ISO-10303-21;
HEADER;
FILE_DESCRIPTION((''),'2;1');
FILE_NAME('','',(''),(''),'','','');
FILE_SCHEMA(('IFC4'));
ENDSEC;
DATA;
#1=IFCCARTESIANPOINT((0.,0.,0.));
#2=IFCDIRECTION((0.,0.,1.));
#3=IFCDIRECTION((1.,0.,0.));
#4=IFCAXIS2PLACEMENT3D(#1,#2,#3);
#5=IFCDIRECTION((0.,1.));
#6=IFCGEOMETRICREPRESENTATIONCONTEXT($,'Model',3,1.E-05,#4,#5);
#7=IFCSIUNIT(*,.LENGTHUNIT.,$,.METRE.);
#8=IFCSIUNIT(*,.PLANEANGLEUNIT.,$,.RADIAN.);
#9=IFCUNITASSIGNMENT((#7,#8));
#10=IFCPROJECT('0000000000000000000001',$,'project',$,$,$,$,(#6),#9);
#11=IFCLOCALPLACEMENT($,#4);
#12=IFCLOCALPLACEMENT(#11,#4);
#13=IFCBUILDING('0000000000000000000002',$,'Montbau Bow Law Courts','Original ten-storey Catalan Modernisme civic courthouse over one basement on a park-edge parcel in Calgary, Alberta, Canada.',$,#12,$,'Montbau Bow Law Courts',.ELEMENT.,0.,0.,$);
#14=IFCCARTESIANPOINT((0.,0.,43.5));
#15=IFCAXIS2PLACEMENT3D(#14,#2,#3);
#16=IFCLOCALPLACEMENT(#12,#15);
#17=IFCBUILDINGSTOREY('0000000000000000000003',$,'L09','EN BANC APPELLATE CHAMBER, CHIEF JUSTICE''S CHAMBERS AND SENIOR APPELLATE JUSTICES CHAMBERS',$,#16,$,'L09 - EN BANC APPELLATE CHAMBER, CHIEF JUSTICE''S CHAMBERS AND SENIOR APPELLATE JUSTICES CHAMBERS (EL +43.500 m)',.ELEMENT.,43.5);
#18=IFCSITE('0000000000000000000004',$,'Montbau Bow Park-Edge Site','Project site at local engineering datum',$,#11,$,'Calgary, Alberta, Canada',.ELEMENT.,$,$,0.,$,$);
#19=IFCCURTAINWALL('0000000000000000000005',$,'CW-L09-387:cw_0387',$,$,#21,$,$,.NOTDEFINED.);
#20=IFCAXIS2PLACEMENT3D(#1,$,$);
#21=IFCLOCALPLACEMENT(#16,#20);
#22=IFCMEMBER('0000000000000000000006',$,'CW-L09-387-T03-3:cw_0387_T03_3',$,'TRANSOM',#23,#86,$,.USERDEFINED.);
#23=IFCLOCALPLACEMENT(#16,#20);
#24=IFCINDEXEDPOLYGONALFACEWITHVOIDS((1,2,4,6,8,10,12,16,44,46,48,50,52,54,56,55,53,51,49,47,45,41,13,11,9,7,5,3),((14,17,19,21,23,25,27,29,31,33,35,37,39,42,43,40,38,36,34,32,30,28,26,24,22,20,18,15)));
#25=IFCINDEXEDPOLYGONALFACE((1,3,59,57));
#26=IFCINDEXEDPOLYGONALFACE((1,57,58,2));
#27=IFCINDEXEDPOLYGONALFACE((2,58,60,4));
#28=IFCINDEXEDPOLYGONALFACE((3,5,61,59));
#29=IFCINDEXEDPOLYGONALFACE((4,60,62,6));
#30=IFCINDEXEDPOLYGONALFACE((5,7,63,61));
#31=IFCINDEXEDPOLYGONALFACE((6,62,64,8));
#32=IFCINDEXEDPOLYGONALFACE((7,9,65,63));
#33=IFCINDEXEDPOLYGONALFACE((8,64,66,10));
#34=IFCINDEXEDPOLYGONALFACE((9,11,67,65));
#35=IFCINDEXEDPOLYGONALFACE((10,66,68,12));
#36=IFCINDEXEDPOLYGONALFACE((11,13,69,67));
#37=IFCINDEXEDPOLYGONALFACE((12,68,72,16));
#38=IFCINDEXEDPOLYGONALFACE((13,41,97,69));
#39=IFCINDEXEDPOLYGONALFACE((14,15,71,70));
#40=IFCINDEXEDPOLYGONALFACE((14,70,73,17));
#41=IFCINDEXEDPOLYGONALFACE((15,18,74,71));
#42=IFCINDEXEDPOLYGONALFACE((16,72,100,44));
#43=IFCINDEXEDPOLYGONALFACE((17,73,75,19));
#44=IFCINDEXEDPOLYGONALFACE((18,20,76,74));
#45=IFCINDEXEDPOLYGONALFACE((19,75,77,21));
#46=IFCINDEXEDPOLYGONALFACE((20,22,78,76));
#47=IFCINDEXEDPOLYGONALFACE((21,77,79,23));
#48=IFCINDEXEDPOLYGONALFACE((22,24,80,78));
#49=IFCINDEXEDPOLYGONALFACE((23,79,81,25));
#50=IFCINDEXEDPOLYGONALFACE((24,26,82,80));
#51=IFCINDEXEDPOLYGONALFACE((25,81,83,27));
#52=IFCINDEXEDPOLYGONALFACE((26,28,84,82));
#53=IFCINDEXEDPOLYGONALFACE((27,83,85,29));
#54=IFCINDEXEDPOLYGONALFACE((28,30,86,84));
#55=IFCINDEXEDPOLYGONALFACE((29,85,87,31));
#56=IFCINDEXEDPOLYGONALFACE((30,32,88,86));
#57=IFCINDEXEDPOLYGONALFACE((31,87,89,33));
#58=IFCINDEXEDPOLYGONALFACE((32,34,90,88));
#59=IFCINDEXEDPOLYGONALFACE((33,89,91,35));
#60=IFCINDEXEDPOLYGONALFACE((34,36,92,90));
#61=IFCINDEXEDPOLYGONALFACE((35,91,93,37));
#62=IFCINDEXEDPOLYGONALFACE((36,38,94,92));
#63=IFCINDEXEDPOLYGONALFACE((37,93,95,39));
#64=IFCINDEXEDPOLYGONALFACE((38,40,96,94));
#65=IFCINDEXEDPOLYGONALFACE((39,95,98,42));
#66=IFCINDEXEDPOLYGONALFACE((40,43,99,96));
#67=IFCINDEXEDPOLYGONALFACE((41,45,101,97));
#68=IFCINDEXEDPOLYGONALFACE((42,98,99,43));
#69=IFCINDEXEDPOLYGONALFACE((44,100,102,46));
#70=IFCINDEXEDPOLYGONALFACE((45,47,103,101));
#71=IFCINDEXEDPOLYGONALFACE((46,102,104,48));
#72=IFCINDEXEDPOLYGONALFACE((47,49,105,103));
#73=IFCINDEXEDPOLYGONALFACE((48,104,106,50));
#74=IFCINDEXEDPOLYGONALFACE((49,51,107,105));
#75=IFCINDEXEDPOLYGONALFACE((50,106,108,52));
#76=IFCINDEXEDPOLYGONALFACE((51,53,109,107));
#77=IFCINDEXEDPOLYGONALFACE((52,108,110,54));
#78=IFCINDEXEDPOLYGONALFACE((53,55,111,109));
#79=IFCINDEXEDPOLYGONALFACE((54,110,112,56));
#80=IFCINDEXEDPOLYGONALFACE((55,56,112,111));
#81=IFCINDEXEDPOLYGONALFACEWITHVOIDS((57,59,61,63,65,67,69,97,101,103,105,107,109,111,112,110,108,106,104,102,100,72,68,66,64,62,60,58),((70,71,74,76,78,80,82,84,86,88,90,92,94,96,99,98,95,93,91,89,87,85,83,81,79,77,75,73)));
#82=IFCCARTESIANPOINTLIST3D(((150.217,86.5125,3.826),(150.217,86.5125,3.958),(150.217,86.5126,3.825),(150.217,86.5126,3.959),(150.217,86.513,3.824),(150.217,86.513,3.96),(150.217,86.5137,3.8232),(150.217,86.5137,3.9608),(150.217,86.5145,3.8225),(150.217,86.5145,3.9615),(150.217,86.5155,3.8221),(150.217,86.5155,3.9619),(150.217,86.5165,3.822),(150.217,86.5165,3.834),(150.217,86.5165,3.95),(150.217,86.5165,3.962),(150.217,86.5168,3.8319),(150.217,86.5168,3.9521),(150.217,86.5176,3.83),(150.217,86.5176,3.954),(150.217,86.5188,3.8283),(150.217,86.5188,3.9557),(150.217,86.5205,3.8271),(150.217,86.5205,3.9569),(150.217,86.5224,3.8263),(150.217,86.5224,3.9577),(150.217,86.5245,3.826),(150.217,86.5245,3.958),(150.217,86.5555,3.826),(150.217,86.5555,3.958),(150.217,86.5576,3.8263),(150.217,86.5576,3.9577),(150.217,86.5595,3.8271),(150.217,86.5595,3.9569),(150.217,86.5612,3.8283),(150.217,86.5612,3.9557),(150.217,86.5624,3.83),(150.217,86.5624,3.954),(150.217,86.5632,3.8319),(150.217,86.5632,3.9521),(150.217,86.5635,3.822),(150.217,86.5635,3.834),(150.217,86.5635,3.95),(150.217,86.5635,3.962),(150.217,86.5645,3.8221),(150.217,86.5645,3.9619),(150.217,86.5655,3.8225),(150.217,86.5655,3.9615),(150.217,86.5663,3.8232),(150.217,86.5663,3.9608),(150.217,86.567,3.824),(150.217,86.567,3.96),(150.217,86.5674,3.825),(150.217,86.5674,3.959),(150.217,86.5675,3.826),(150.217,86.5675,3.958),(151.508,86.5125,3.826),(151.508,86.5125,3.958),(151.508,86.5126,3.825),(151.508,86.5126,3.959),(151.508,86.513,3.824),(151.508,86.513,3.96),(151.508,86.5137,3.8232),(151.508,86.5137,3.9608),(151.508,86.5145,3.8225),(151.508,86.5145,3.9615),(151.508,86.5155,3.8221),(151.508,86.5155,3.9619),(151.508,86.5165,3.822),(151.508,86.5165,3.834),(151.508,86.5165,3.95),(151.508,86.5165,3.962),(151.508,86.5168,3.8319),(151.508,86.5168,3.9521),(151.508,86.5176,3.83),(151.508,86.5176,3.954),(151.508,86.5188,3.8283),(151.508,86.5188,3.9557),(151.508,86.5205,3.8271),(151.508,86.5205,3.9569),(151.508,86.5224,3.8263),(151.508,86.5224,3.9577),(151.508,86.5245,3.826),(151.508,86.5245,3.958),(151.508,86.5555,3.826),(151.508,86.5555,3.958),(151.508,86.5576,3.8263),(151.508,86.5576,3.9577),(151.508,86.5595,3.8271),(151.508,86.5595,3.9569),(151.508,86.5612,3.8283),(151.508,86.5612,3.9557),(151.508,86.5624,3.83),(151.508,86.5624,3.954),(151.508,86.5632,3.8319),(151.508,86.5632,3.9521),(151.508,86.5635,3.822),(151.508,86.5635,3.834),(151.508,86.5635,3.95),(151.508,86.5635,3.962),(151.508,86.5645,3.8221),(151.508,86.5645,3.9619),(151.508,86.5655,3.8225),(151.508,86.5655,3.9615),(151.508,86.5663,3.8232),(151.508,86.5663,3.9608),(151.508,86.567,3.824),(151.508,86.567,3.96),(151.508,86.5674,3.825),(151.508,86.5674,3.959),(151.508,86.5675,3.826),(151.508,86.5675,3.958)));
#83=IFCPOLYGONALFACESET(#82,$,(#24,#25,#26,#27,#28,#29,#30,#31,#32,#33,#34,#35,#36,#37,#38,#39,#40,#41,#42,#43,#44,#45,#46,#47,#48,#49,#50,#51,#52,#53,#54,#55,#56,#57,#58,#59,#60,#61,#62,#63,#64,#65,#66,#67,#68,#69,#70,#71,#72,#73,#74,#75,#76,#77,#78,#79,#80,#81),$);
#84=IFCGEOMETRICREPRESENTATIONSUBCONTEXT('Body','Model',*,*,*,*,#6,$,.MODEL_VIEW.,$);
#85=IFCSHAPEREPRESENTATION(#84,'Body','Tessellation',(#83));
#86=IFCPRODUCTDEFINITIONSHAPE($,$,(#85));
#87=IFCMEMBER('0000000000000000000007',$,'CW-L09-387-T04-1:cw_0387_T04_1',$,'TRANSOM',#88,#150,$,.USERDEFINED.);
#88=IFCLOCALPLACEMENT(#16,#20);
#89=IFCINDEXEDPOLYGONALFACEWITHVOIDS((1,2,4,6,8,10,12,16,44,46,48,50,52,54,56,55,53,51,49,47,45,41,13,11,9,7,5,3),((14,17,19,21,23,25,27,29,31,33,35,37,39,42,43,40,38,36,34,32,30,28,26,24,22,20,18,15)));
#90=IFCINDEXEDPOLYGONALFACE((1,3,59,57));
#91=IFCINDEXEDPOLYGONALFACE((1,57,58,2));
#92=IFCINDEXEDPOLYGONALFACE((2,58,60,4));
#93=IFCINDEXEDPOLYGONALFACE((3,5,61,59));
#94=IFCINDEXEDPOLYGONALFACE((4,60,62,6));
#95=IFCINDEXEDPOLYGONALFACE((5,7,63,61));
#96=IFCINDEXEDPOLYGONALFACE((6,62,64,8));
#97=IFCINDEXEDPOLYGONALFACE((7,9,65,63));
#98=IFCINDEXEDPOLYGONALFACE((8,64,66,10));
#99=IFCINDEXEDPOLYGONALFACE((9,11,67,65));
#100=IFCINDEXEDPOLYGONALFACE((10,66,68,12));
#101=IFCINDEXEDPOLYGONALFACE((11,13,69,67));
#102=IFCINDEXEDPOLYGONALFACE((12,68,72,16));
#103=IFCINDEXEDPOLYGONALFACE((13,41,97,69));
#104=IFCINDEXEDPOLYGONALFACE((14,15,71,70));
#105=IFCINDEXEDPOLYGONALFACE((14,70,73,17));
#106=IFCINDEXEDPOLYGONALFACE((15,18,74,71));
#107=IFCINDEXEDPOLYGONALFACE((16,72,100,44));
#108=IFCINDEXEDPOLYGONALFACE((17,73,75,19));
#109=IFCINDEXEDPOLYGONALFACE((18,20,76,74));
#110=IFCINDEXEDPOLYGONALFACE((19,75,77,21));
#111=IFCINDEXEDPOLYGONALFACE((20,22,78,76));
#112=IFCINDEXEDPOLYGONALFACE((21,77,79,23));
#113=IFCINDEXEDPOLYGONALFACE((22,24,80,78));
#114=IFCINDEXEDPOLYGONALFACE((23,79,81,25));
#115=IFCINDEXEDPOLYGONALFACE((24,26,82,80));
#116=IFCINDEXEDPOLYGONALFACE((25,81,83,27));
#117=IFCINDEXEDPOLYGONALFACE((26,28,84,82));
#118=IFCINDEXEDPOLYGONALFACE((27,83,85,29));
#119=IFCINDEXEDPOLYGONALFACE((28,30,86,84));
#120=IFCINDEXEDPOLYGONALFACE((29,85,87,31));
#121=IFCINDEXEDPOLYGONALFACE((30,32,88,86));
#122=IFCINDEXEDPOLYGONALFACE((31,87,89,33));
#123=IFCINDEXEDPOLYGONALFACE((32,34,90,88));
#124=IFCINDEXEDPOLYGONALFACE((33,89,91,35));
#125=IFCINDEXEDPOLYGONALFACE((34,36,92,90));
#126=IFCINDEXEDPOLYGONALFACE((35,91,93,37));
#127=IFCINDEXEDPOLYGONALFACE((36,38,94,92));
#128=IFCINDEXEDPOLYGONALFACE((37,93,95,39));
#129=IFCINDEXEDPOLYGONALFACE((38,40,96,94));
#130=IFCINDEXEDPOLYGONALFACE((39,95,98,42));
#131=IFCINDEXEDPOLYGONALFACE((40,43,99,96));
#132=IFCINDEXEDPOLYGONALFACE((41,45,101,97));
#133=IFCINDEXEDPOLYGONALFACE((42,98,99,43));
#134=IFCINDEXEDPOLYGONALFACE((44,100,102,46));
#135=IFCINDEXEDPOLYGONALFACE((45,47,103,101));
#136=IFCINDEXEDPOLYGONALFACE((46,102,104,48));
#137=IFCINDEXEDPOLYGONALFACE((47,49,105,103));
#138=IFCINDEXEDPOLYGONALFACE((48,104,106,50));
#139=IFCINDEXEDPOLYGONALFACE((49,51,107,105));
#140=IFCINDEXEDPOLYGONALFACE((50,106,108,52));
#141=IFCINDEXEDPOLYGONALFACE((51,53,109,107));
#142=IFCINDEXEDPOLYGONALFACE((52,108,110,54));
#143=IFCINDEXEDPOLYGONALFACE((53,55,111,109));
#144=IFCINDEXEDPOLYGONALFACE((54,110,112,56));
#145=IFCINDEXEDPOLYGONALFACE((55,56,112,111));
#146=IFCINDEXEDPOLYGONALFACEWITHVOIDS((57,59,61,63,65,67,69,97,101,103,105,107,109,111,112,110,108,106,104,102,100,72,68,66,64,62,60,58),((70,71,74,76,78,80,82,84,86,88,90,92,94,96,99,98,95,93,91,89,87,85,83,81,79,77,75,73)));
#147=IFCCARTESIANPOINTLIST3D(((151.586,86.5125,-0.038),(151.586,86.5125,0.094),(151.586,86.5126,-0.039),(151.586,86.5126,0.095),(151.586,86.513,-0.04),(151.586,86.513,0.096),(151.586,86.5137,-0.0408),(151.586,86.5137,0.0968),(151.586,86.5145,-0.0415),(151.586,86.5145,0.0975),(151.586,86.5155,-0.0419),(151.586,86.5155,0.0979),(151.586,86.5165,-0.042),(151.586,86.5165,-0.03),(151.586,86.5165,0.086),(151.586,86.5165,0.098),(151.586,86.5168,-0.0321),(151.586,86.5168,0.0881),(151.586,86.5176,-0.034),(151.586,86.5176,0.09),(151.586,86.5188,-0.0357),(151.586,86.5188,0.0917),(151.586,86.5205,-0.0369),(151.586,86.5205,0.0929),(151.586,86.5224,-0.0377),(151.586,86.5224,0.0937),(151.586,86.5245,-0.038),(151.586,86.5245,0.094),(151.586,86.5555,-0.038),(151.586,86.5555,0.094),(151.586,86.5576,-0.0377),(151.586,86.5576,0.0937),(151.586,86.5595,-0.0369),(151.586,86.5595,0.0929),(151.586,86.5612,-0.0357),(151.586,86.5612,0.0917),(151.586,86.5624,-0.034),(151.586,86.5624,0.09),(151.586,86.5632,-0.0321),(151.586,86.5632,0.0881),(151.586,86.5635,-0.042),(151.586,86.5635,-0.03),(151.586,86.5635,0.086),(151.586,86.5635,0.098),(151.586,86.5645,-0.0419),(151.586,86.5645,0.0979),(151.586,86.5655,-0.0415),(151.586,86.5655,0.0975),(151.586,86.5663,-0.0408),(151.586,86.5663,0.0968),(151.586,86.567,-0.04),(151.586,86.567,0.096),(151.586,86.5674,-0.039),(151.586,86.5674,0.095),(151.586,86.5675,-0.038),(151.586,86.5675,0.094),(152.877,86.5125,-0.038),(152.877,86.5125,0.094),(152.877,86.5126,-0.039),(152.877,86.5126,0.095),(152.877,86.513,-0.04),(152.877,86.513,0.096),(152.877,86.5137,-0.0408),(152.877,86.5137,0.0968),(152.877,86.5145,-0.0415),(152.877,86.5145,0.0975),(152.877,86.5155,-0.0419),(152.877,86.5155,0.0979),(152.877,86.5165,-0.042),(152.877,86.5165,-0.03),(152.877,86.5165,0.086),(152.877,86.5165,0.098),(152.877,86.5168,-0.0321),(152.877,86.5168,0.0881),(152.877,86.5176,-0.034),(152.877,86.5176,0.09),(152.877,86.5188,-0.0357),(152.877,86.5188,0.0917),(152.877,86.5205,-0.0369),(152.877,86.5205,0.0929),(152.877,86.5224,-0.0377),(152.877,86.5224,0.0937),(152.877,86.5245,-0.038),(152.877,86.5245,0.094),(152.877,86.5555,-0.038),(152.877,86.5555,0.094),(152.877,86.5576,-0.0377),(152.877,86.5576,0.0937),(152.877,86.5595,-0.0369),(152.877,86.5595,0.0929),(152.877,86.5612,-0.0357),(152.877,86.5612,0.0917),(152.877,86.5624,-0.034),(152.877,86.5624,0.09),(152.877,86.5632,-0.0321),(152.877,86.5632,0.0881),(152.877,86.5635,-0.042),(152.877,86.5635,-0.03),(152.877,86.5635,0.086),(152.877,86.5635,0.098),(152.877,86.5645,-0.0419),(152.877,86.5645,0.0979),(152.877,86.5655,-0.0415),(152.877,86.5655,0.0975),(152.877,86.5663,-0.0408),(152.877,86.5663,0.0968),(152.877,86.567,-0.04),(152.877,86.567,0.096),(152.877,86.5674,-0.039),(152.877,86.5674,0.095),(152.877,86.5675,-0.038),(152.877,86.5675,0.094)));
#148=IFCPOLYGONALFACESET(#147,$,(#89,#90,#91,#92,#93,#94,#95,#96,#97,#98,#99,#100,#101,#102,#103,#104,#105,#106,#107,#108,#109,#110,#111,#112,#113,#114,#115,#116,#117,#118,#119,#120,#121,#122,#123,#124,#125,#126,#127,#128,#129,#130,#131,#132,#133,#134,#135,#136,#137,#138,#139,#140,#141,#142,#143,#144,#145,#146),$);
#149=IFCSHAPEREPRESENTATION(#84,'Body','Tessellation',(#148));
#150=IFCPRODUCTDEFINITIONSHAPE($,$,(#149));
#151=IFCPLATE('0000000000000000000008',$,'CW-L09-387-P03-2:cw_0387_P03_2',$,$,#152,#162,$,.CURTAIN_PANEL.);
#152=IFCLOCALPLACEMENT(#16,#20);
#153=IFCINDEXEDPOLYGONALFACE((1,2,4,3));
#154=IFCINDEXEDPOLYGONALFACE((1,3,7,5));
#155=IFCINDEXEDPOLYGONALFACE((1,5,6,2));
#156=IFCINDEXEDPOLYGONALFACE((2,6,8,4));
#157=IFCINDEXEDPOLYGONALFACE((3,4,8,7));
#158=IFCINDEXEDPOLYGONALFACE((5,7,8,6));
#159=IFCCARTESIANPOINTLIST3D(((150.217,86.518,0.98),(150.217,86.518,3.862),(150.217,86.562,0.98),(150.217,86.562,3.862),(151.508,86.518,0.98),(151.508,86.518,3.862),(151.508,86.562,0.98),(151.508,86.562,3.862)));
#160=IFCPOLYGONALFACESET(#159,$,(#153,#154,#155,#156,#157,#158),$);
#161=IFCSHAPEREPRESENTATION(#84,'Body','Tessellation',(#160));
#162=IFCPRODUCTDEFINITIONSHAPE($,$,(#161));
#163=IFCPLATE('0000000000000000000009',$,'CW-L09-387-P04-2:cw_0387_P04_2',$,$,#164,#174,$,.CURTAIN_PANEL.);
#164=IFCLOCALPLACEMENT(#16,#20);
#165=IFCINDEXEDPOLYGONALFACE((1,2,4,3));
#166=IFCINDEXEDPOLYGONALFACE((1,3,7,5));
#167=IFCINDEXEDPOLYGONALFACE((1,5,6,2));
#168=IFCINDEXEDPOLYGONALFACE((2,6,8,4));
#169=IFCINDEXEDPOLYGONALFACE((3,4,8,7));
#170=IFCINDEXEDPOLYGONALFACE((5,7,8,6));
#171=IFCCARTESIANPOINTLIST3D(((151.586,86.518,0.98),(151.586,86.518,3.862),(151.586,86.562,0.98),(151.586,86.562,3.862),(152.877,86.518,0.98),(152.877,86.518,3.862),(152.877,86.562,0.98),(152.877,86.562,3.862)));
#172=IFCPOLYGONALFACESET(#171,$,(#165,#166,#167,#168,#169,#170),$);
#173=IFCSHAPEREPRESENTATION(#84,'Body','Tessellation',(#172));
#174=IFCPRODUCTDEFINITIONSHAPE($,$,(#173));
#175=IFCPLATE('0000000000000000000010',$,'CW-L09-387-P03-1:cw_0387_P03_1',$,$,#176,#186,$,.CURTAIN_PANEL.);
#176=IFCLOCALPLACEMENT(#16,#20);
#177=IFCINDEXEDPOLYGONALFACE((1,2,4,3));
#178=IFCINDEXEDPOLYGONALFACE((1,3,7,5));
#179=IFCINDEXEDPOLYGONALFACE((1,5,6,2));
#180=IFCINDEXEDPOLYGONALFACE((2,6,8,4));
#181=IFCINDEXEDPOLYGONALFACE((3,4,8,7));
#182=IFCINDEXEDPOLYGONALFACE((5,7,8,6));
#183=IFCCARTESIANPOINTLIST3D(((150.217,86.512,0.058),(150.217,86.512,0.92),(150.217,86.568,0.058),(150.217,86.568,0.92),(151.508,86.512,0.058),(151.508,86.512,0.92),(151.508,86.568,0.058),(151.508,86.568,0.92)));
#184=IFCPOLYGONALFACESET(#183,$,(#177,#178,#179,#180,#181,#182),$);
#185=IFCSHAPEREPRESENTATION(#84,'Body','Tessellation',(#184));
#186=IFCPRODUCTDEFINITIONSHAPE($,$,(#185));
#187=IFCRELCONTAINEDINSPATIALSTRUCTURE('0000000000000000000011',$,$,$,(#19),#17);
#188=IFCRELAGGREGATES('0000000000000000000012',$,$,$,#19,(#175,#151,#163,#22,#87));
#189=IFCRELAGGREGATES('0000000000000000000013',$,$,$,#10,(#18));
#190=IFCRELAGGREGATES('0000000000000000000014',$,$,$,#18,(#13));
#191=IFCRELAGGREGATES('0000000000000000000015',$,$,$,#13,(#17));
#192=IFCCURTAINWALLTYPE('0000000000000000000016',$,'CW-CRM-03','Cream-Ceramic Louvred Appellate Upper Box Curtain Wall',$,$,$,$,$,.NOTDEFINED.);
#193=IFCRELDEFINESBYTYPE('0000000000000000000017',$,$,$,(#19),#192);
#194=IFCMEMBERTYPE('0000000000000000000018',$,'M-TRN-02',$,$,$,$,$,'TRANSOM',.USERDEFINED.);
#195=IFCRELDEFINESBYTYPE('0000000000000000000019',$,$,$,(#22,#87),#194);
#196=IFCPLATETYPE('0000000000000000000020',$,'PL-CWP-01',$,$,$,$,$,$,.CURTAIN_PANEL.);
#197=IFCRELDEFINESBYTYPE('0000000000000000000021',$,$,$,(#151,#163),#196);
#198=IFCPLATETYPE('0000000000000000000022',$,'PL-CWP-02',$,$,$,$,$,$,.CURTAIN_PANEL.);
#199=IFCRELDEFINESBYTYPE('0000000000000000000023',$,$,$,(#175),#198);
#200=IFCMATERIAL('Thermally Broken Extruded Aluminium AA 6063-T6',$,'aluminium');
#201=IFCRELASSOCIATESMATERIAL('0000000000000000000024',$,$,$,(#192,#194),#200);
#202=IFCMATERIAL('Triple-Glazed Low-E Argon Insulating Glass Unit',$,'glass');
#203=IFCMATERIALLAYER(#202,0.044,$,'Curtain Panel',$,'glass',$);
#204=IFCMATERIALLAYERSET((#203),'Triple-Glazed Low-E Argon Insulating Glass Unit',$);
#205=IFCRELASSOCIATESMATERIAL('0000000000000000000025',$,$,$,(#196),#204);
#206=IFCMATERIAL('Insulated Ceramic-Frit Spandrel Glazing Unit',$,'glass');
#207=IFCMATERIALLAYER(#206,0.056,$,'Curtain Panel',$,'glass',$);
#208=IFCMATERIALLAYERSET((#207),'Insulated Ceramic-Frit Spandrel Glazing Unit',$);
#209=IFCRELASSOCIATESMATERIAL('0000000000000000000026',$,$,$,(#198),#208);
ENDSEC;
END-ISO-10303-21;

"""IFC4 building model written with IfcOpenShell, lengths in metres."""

from ifc_helpers import new_model, si_unit, direction, frame, frame_2d, origin_with_axes, origin_2d_with_axis, place, context, subcontext, project, spatial, rectangle, hollow_rectangle, extrude, material, layer, layer_set, material_profile, profile_set, type_object, element, aggregate, save


model = new_model("IFC4")

# Units and contexts
model_context = context("Model", 3, precision=1e-05, world=origin_with_axes(), true_north=direction((0.0, 1.0)))
body_context = subcontext(model_context, "Body", "Model", "MODEL_VIEW")
ifc_project = project(units=[si_unit("LENGTHUNIT", "METRE"), si_unit("PLANEANGLEUNIT", "RADIAN")], contexts=[model_context])

# Site, building, storey
site_placement = place(None, origin_with_axes())
site = spatial("IfcSite", under=ifc_project, at=site_placement, Name="Montbau Bow Park-Edge Site", Description="Project site at local engineering datum", LongName="Calgary, Alberta, Canada", CompositionType="ELEMENT", RefElevation=0.0)
building_placement = place(site_placement, origin_with_axes())
building = spatial("IfcBuilding", under=site, at=building_placement, Name="Montbau Bow Law Courts", Description="Original ten-storey Catalan Modernisme civic courthouse over one basement on a park-edge parcel in Calgary, Alberta, Canada.", LongName="Montbau Bow Law Courts", CompositionType="ELEMENT", ElevationOfRefHeight=0.0, ElevationOfTerrain=0.0)
storey_placement = place(building_placement, frame((0.0, 0.0, 43.5), z_axis=(0.0, 0.0, 1.0), x_axis=(1.0, 0.0, 0.0)))
storey = spatial("IfcBuildingStorey", under=building, at=storey_placement, Name="L09", Description="EN BANC APPELLATE CHAMBER, CHIEF JUSTICE'S CHAMBERS AND SENIOR APPELLATE JUSTICES CHAMBERS", LongName="L09 - EN BANC APPELLATE CHAMBER, CHIEF JUSTICE'S CHAMBERS AND SENIOR APPELLATE JUSTICES CHAMBERS (EL +43.500 m)", CompositionType="ELEMENT", Elevation=43.5)

# Curtain wall, members, plates
ifc_material_1 = material(Name="Thermally Broken Extruded Aluminium AA 6063-T6", Category="aluminium")
curtain_wall_type = type_object("IfcCurtainWallType", Name="CW-CRM-03", Description="Cream-Ceramic Louvred Appellate Upper Box Curtain Wall", PredefinedType="NOTDEFINED", material=ifc_material_1)
curtain_wall_placement = place(None, frame((147.44, 86.54, 43.5), z_axis=(0.0, 0.0, 1.0), x_axis=(1.0, 0.0, 0.0)))
curtain_wall = element("IfcCurtainWall", 1, at=curtain_wall_placement, inside=storey, type_object=curtain_wall_type, Name="CW-L09-387:cw_0387", PredefinedType="NOTDEFINED")
ifc_material_profile_1 = material_profile(ifc_material_1, hollow_rectangle(XDim=0.055, YDim=0.14, WallThickness=0.004, InnerFilletRadius=0.008, OuterFilletRadius=0.004, at=origin_2d_with_axis()), Name="CWT-140X55", Category="Main", Priority=0)
ifc_profile_set_1 = profile_set([ifc_material_profile_1], Name="Thermally Broken Extruded Aluminium AA 6063-T6")
member_type_1 = type_object("IfcMemberType", Name="M-TRN-02", ElementType="TRANSOM", PredefinedType="USERDEFINED", material=ifc_profile_set_1)
member_1_placement = place(None, frame((150.217, 86.54, 47.392), z_axis=(1.0, 0.0, 0.0), x_axis=(0.0, 1.0, 0.0)))
member_1 = element("IfcMember", 2, at=member_1_placement, type_object=member_type_1, Name="CW-L09-387-T03-3:cw_0387_T03_3", ObjectType="TRANSOM", PredefinedType="USERDEFINED", context=body_context, shape_type="SweptSolid", body=[
    extrude(hollow_rectangle(XDim=0.055, YDim=0.14, WallThickness=0.004, InnerFilletRadius=0.008, OuterFilletRadius=0.004, at=origin_2d_with_axis()), origin_with_axes(), (0.0, 0.0, 1.0), 1.291),
])
member_2_placement = place(None, frame((151.586, 86.54, 43.528), z_axis=(1.0, 0.0, 0.0), x_axis=(0.0, 1.0, 0.0)))
member_2 = element("IfcMember", 3, at=member_2_placement, type_object=member_type_1, Name="CW-L09-387-T04-1:cw_0387_T04_1", ObjectType="TRANSOM", PredefinedType="USERDEFINED", context=body_context, shape_type="SweptSolid", body=[
    extrude(hollow_rectangle(XDim=0.055, YDim=0.14, WallThickness=0.004, InnerFilletRadius=0.008, OuterFilletRadius=0.004, at=origin_2d_with_axis()), origin_with_axes(), (0.0, 0.0, 1.0), 1.291),
])
ifc_material_2 = material(Name="Triple-Glazed Low-E Argon Insulating Glass Unit", Category="glass")
ifc_layer_1 = layer(ifc_material_2, 0.044, Name="Curtain Panel", Category="glass")
ifc_layer_set_1 = layer_set([ifc_layer_1], Name="Triple-Glazed Low-E Argon Insulating Glass Unit")
plate_type_1 = type_object("IfcPlateType", Name="PL-CWP-01", PredefinedType="CURTAIN_PANEL", material=ifc_layer_set_1)
plate_1_placement = place(None, frame((150.217, 86.54, 44.48), z_axis=(0.0, -1.0, 0.0), x_axis=(1.0, 0.0, 0.0)))
plate_1 = element("IfcPlate", 4, at=plate_1_placement, type_object=plate_type_1, Name="CW-L09-387-P03-2:cw_0387_P03_2", PredefinedType="CURTAIN_PANEL", context=body_context, shape_type="SweptSolid", body=[
    extrude(rectangle(XDim=1.291, YDim=2.882, at=frame_2d((0.6455, 1.441), x_axis=(1.0, 0.0))), frame((0.0, 0.0, -0.022), z_axis=(0.0, 0.0, 1.0), x_axis=(1.0, 0.0, 0.0)), (0.0, 0.0, 1.0), 0.044),
])
plate_2_placement = place(None, frame((151.586, 86.54, 44.48), z_axis=(0.0, -1.0, 0.0), x_axis=(1.0, 0.0, 0.0)))
plate_2 = element("IfcPlate", 5, at=plate_2_placement, type_object=plate_type_1, Name="CW-L09-387-P04-2:cw_0387_P04_2", PredefinedType="CURTAIN_PANEL", context=body_context, shape_type="SweptSolid", body=[
    extrude(rectangle(XDim=1.291, YDim=2.882, at=frame_2d((0.6455, 1.441), x_axis=(1.0, 0.0))), frame((0.0, 0.0, -0.022), z_axis=(0.0, 0.0, 1.0), x_axis=(1.0, 0.0, 0.0)), (0.0, 0.0, 1.0), 0.044),
])
ifc_material_3 = material(Name="Insulated Ceramic-Frit Spandrel Glazing Unit", Category="glass")
ifc_layer_2 = layer(ifc_material_3, 0.056, Name="Curtain Panel", Category="glass")
ifc_layer_set_2 = layer_set([ifc_layer_2], Name="Insulated Ceramic-Frit Spandrel Glazing Unit")
plate_type_2 = type_object("IfcPlateType", Name="PL-CWP-02", PredefinedType="CURTAIN_PANEL", material=ifc_layer_set_2)
plate_3_placement = place(None, frame((150.217, 86.54, 43.558), z_axis=(0.0, -1.0, 0.0), x_axis=(1.0, 0.0, 0.0)))
plate_3 = element("IfcPlate", 6, at=plate_3_placement, type_object=plate_type_2, Name="CW-L09-387-P03-1:cw_0387_P03_1", PredefinedType="CURTAIN_PANEL", context=body_context, shape_type="SweptSolid", body=[
    extrude(rectangle(XDim=1.291, YDim=0.862, at=frame_2d((0.6455, 0.431), x_axis=(1.0, 0.0))), frame((0.0, 0.0, -0.028), z_axis=(0.0, 0.0, 1.0), x_axis=(1.0, 0.0, 0.0)), (0.0, 0.0, 1.0), 0.056),
])
aggregate(curtain_wall, [plate_3, plate_1, plate_2, member_1, member_2])

save(model, "model.ifc")
